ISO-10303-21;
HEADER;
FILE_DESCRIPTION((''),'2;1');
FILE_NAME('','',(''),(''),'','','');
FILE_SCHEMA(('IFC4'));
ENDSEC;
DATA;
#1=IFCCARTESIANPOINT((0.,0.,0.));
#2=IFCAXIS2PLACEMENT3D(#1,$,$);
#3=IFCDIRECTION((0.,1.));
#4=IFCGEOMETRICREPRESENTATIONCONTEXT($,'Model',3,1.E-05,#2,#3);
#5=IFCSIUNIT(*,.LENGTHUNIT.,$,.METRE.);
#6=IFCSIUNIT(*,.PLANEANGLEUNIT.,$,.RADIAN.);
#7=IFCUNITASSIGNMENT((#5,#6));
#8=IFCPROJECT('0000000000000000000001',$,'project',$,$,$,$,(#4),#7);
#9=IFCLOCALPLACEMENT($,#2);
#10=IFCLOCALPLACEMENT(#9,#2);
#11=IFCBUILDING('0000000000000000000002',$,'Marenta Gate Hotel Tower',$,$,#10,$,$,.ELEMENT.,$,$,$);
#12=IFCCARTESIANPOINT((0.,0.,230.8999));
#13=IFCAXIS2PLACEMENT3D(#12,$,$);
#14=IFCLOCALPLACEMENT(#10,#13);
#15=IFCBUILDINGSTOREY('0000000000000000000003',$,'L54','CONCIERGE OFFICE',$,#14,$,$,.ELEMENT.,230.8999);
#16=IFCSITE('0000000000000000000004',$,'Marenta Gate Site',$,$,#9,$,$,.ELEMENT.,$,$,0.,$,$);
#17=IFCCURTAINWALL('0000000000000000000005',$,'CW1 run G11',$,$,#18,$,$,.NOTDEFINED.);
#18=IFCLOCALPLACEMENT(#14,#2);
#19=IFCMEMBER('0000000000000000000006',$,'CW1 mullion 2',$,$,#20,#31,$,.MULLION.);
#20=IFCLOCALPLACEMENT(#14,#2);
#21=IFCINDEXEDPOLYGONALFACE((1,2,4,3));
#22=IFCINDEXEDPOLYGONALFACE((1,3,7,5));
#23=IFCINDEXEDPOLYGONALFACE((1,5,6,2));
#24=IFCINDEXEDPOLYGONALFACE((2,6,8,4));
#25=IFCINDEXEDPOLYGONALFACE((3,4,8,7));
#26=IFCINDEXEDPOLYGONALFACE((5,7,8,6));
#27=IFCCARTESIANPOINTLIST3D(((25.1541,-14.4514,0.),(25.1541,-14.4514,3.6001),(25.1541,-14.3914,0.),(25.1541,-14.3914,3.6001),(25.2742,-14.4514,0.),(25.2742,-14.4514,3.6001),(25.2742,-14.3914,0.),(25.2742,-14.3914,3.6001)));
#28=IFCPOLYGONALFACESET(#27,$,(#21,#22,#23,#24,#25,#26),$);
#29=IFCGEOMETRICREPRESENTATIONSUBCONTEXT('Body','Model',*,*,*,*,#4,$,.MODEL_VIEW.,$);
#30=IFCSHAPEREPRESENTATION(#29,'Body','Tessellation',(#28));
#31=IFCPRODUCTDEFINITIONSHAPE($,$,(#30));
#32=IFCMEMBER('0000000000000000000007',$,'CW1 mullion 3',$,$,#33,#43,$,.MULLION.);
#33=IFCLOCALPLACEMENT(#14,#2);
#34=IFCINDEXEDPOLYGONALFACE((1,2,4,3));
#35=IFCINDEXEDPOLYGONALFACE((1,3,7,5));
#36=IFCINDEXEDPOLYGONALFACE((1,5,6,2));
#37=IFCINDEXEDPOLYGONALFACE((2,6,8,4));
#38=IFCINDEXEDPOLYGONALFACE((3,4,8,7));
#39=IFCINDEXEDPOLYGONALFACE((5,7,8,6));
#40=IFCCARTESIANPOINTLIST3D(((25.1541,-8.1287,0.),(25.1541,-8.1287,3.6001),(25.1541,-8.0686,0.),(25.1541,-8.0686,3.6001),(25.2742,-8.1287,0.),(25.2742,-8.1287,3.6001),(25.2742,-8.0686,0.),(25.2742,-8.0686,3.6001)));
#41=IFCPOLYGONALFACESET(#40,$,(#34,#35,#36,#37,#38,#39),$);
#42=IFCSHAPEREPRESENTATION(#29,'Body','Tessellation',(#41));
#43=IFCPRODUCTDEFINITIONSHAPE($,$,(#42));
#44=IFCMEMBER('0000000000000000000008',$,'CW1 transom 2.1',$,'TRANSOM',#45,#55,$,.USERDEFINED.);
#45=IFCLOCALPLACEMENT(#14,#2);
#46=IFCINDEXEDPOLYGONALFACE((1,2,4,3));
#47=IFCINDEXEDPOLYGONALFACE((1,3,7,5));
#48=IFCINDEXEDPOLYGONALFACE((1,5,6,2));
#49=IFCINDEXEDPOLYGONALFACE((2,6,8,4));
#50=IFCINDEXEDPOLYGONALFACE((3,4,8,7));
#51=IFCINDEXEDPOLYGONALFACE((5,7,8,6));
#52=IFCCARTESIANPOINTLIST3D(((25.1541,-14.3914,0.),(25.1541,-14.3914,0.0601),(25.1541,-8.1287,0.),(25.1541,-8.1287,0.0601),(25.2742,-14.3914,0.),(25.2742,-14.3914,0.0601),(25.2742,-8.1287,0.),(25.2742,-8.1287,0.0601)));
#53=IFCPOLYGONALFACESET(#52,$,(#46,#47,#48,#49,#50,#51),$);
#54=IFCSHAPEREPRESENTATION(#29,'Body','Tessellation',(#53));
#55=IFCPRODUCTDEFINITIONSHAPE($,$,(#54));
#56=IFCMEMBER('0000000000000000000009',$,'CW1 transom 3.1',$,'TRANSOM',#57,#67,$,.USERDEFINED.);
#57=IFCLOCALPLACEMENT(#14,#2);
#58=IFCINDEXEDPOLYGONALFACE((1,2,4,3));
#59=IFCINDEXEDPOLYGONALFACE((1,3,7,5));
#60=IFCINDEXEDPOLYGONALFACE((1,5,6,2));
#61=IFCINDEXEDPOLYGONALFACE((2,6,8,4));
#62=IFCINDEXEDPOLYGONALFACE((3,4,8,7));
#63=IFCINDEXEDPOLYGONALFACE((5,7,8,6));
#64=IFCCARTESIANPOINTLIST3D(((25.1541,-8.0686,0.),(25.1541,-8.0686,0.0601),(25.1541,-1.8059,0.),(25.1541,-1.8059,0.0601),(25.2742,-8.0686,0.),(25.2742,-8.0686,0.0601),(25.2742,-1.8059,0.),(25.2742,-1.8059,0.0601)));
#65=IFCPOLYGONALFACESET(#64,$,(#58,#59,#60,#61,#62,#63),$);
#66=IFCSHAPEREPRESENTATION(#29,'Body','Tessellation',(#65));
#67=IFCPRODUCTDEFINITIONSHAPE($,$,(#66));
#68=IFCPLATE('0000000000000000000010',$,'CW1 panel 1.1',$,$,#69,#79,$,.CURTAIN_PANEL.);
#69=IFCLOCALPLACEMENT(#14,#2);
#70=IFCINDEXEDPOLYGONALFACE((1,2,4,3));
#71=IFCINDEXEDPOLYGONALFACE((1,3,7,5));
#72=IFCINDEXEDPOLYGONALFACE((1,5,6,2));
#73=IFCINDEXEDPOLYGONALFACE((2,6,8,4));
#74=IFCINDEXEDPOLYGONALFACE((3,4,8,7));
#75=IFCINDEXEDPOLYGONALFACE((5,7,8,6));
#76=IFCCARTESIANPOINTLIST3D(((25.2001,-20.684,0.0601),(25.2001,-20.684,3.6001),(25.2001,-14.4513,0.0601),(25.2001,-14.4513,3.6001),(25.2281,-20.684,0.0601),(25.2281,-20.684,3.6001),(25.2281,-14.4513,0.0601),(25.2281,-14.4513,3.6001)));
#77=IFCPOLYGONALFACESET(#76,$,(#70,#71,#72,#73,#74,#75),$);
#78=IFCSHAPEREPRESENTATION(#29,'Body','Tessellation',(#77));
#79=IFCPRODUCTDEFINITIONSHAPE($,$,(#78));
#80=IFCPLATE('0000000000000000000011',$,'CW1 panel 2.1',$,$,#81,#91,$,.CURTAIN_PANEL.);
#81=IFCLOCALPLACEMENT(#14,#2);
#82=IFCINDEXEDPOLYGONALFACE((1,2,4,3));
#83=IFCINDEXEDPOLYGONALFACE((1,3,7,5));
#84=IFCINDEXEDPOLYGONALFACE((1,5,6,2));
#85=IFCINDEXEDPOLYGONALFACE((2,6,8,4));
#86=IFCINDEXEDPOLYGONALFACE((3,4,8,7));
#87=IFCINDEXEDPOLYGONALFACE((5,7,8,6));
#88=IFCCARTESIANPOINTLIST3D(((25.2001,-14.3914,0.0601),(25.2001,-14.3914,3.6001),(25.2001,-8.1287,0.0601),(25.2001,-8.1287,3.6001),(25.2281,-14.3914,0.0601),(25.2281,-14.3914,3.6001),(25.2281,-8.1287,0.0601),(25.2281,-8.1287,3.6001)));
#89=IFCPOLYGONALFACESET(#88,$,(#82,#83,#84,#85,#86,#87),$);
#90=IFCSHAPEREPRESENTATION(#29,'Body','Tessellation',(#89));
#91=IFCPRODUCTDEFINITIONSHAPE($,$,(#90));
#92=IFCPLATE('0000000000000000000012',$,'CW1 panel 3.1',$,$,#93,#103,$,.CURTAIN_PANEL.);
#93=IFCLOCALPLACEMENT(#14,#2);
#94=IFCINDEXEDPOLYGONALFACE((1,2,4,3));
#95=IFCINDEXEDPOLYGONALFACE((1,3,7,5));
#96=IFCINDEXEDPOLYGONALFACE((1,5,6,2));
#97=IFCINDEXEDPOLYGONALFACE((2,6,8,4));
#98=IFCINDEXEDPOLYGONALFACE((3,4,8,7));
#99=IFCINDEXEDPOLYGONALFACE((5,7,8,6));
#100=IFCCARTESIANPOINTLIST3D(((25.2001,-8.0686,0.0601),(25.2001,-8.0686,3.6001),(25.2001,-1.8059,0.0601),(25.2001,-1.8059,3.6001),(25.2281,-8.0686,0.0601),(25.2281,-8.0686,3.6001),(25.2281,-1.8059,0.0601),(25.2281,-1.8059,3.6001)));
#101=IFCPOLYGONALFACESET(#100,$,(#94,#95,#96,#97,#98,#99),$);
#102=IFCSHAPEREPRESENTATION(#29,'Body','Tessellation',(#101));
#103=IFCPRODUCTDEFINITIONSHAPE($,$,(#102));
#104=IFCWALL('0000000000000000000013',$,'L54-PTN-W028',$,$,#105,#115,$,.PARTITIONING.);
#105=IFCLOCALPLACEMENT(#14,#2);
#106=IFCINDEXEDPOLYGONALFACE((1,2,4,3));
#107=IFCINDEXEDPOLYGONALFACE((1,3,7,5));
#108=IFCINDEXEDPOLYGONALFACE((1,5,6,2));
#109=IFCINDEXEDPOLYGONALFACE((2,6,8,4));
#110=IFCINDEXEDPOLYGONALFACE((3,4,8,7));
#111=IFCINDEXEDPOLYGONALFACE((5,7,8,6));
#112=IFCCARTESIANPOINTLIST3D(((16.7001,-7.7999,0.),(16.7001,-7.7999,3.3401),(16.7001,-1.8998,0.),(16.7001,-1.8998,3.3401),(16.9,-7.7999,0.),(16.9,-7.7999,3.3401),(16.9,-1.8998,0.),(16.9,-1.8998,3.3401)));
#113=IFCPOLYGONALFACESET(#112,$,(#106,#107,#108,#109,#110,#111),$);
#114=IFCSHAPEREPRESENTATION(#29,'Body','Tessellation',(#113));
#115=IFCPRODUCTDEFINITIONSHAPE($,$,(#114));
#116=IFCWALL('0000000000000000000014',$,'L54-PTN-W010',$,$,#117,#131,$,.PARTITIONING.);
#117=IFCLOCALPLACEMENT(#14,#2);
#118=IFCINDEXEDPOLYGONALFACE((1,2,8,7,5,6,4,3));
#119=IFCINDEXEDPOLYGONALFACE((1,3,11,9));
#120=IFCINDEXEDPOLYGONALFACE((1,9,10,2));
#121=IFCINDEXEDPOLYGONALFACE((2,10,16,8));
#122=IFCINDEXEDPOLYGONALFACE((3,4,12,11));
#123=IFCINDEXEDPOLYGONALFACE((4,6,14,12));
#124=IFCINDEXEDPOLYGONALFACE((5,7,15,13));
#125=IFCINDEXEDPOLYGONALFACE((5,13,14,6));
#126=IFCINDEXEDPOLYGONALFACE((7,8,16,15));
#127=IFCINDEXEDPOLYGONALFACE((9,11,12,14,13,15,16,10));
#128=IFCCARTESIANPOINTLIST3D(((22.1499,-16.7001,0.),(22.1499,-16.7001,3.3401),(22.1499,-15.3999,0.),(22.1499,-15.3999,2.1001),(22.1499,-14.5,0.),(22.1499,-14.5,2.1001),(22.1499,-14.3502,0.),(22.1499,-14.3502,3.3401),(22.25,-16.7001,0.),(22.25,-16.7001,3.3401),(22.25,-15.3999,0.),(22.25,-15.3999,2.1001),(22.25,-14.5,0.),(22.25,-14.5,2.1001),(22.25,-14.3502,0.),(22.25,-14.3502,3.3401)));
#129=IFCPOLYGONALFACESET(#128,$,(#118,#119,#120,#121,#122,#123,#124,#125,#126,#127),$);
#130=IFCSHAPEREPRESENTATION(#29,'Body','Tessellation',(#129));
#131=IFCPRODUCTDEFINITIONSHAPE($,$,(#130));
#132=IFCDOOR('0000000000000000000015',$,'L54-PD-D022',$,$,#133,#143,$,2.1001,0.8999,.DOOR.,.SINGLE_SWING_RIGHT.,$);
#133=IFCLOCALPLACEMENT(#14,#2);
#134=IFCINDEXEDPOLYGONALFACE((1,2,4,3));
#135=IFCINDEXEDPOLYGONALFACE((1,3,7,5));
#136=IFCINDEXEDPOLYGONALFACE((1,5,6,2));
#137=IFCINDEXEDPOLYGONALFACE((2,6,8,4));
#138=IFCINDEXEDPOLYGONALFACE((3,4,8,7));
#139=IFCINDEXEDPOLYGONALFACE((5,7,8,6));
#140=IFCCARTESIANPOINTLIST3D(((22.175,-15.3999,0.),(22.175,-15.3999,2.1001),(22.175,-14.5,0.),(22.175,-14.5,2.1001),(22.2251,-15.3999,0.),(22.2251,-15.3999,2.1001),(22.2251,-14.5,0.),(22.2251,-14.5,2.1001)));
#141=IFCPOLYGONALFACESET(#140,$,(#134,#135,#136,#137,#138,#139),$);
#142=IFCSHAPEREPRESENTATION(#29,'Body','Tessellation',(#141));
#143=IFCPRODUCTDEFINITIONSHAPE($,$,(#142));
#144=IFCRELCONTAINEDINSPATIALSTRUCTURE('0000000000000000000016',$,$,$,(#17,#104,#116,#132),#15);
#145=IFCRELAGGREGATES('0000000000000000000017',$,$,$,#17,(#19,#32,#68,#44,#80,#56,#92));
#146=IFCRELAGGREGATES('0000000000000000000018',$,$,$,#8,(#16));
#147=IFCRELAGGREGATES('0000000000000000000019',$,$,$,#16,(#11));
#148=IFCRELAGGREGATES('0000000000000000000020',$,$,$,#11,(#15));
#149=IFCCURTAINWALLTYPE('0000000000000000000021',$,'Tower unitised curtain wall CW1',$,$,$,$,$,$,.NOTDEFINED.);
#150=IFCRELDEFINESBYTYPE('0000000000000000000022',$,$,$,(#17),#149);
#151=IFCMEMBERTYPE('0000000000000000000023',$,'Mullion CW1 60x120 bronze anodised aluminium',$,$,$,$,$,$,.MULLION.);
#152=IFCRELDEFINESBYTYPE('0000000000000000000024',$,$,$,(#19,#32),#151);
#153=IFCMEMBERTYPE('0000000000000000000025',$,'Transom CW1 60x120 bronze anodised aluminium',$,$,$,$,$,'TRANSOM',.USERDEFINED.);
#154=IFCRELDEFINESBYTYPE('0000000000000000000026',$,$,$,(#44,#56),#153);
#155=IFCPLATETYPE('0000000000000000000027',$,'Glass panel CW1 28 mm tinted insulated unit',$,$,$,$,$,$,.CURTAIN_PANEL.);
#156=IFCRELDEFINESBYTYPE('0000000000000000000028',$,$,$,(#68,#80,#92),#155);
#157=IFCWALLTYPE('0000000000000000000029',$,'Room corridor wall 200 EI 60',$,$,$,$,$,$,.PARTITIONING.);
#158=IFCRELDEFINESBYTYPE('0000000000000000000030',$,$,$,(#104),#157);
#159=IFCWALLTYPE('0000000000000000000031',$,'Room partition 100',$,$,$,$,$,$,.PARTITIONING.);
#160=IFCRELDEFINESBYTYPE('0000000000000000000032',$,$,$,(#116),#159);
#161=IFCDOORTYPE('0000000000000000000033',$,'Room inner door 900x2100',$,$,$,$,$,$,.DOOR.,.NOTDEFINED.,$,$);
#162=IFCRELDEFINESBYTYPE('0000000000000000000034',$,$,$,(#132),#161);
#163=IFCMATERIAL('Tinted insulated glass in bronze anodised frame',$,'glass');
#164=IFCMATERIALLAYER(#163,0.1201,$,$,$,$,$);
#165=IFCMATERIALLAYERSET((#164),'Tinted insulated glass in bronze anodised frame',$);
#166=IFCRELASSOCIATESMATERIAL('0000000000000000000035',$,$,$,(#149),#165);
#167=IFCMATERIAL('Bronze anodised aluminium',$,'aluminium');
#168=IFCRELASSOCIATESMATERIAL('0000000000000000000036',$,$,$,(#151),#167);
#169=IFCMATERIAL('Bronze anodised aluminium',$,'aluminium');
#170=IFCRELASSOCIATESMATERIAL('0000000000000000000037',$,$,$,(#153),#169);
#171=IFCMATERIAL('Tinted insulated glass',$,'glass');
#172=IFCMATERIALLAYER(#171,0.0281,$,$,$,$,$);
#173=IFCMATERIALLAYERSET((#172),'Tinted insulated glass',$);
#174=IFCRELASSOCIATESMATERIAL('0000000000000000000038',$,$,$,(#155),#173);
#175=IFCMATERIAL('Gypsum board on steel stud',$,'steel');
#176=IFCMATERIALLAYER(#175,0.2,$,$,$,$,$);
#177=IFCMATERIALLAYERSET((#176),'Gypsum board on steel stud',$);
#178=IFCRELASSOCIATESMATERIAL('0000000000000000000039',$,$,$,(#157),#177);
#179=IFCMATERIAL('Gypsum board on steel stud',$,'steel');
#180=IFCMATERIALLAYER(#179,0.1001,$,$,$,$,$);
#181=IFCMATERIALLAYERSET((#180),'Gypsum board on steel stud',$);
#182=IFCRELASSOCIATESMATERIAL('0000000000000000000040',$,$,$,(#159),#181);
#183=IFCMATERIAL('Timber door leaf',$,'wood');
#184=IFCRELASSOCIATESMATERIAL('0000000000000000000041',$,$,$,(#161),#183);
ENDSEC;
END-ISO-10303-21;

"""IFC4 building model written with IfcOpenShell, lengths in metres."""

from ifc_helpers import new_model, si_unit, direction, frame, frame_2d, origin, origin_2d, place, context, subcontext, project, spatial, rectangle, extrude, material, layer, layer_set, material_profile, profile_set, type_object, element, fill, aggregate, save


model = new_model("IFC4")

# Units and contexts
model_context = context("Model", 3, precision=1e-05, world=origin(), true_north=direction((0.0, 1.0)))
body_context = subcontext(model_context, "Body", "Model", "MODEL_VIEW")
ifc_project = project(units=[si_unit("LENGTHUNIT", "METRE"), si_unit("PLANEANGLEUNIT", "RADIAN")], contexts=[model_context])

# Site, building, storey
site_placement = place(None, origin())
site = spatial("IfcSite", under=ifc_project, at=site_placement, Name="Marenta Gate Site", CompositionType="ELEMENT", RefElevation=0.0)
building_placement = place(site_placement, origin())
building = spatial("IfcBuilding", under=site, at=building_placement, Name="Marenta Gate Hotel Tower", CompositionType="ELEMENT")
storey_placement = place(building_placement, frame((0.0, 0.0, 230.8999)))
storey = spatial("IfcBuildingStorey", under=building, at=storey_placement, Name="L54", Description="CONCIERGE OFFICE", CompositionType="ELEMENT", Elevation=230.8999)

# Curtain wall, members, plates
ifc_material_1 = material(Name="Tinted insulated glass in bronze anodised frame", Category="glass")
ifc_layer_1 = layer(ifc_material_1, 0.1201)
ifc_layer_set_1 = layer_set([ifc_layer_1], Name="Tinted insulated glass in bronze anodised frame")
curtain_wall_type = type_object("IfcCurtainWallType", Name="Tower unitised curtain wall CW1", PredefinedType="NOTDEFINED", material=ifc_layer_set_1)
curtain_wall_placement = place(storey_placement, origin())
curtain_wall = element("IfcCurtainWall", 1, at=curtain_wall_placement, inside=storey, type_object=curtain_wall_type, Name="CW1 run G11", PredefinedType="NOTDEFINED")
ifc_material_2 = material(Name="Bronze anodised aluminium", Category="aluminium")
ifc_material_profile_1 = material_profile(ifc_material_2, rectangle(XDim=0.1201, YDim=0.0601, at=origin_2d()), Name="Mullion CW1 60x120 bronze anodised aluminium")
ifc_profile_set_1 = profile_set([ifc_material_profile_1], Name="Bronze anodised aluminium")
member_type_1 = type_object("IfcMemberType", Name="Mullion CW1 60x120 bronze anodised aluminium", PredefinedType="MULLION", material=ifc_profile_set_1)
member_1_placement = place(storey_placement, frame((25.2141, -14.4214, 0.0), z_axis=(0.0, 0.0, 1.0), x_axis=(-1.0, 0.0, 0.0)))
member_1 = element("IfcMember", 2, at=member_1_placement, type_object=member_type_1, Name="CW1 mullion 2", PredefinedType="MULLION", context=body_context, shape_type="SweptSolid", body=[
    extrude(rectangle(XDim=0.1201, YDim=0.0601, at=origin_2d()), origin(), (0.0, 0.0, 1.0), 3.6001),
])
member_2_placement = place(storey_placement, frame((25.2141, -8.0986, 0.0), z_axis=(0.0, 0.0, 1.0), x_axis=(-1.0, 0.0, 0.0)))
member_2 = element("IfcMember", 3, at=member_2_placement, type_object=member_type_1, Name="CW1 mullion 3", PredefinedType="MULLION", context=body_context, shape_type="SweptSolid", body=[
    extrude(rectangle(XDim=0.1201, YDim=0.0601, at=origin_2d()), origin(), (0.0, 0.0, 1.0), 3.6001),
])
ifc_material_3 = material(Name="Bronze anodised aluminium", Category="aluminium")
ifc_material_profile_2 = material_profile(ifc_material_3, rectangle(XDim=0.1201, YDim=0.0601, at=origin_2d()), Name="Transom CW1 60x120 bronze anodised aluminium")
ifc_profile_set_2 = profile_set([ifc_material_profile_2], Name="Bronze anodised aluminium")
member_type_2 = type_object("IfcMemberType", Name="Transom CW1 60x120 bronze anodised aluminium", ElementType="TRANSOM", PredefinedType="USERDEFINED", material=ifc_profile_set_2)
member_3_placement = place(storey_placement, frame((25.2141, -14.3914, 0.03), z_axis=(0.0, 1.0, 0.0), x_axis=(-1.0, 0.0, 0.0)))
member_3 = element("IfcMember", 4, at=member_3_placement, type_object=member_type_2, Name="CW1 transom 2.1", ObjectType="TRANSOM", PredefinedType="USERDEFINED", context=body_context, shape_type="SweptSolid", body=[
    extrude(rectangle(XDim=0.1201, YDim=0.0601, at=origin_2d()), origin(), (0.0, 0.0, 1.0), 6.2627),
])
member_4_placement = place(storey_placement, frame((25.2141, -8.0686, 0.03), z_axis=(0.0, 1.0, 0.0), x_axis=(-1.0, 0.0, 0.0)))
member_4 = element("IfcMember", 5, at=member_4_placement, type_object=member_type_2, Name="CW1 transom 3.1", ObjectType="TRANSOM", PredefinedType="USERDEFINED", context=body_context, shape_type="SweptSolid", body=[
    extrude(rectangle(XDim=0.1201, YDim=0.0601, at=origin_2d()), origin(), (0.0, 0.0, 1.0), 6.2627),
])
ifc_material_4 = material(Name="Tinted insulated glass", Category="glass")
ifc_layer_2 = layer(ifc_material_4, 0.0281)
ifc_layer_set_2 = layer_set([ifc_layer_2], Name="Tinted insulated glass")
plate_type = type_object("IfcPlateType", Name="Glass panel CW1 28 mm tinted insulated unit", PredefinedType="CURTAIN_PANEL", material=ifc_layer_set_2)
plate_1_placement = place(storey_placement, frame((25.2141, -17.5676, 0.0601), z_axis=(0.0, 0.0, 1.0), x_axis=(0.0, 1.0, 0.0)))
plate_1 = element("IfcPlate", 6, at=plate_1_placement, type_object=plate_type, Name="CW1 panel 1.1", PredefinedType="CURTAIN_PANEL", context=body_context, shape_type="SweptSolid", body=[
    extrude(rectangle(XDim=6.2327, YDim=0.0281, at=origin_2d()), origin(), (0.0, 0.0, 1.0), 3.54),
])
plate_2_placement = place(storey_placement, frame((25.2141, -11.26, 0.0601), z_axis=(0.0, 0.0, 1.0), x_axis=(0.0, 1.0, 0.0)))
plate_2 = element("IfcPlate", 7, at=plate_2_placement, type_object=plate_type, Name="CW1 panel 2.1", PredefinedType="CURTAIN_PANEL", context=body_context, shape_type="SweptSolid", body=[
    extrude(rectangle(XDim=6.2627, YDim=0.0281, at=origin_2d()), origin(), (0.0, 0.0, 1.0), 3.54),
])
plate_3_placement = place(storey_placement, frame((25.2141, -4.9373, 0.0601), z_axis=(0.0, 0.0, 1.0), x_axis=(0.0, 1.0, 0.0)))
plate_3 = element("IfcPlate", 8, at=plate_3_placement, type_object=plate_type, Name="CW1 panel 3.1", PredefinedType="CURTAIN_PANEL", context=body_context, shape_type="SweptSolid", body=[
    extrude(rectangle(XDim=6.2627, YDim=0.0281, at=origin_2d()), origin(), (0.0, 0.0, 1.0), 3.54),
])
aggregate(curtain_wall, [member_1, member_2, plate_1, member_3, plate_2, member_4, plate_3])

# Wall
ifc_material_5 = material(Name="Gypsum board on steel stud", Category="steel")
ifc_layer_3 = layer(ifc_material_5, 0.2)
ifc_layer_set_3 = layer_set([ifc_layer_3], Name="Gypsum board on steel stud")
wall_type_1 = type_object("IfcWallType", Name="Room corridor wall 200 EI 60", PredefinedType="PARTITIONING", material=ifc_layer_set_3)
wall_1_placement = place(storey_placement, frame((16.8, -7.8, 0.0), z_axis=(0.0, 0.0, 1.0), x_axis=(0.0, 1.0, 0.0)))
element("IfcWall", 9, at=wall_1_placement, inside=storey, type_object=wall_type_1, Name="L54-PTN-W028", PredefinedType="PARTITIONING", context=body_context, shape_type="SweptSolid", body=[
    extrude(rectangle(XDim=5.9001, YDim=0.2, at=frame_2d((2.9502, 0.0))), origin(), (0.0, 0.0, 1.0), 3.3401),
])

# Wall, opening, door
ifc_material_6 = material(Name="Gypsum board on steel stud", Category="steel")
ifc_layer_4 = layer(ifc_material_6, 0.1001)
ifc_layer_set_4 = layer_set([ifc_layer_4], Name="Gypsum board on steel stud")
wall_type_2 = type_object("IfcWallType", Name="Room partition 100", PredefinedType="PARTITIONING", material=ifc_layer_set_4)
wall_2_placement = place(storey_placement, frame((22.2, -16.7, 0.0), z_axis=(0.0, 0.0, 1.0), x_axis=(0.0, 1.0, 0.0)))
wall_2 = element("IfcWall", 10, at=wall_2_placement, inside=storey, type_object=wall_type_2, Name="L54-PTN-W010", PredefinedType="PARTITIONING", context=body_context, shape_type="SweptSolid", body=[
    extrude(rectangle(XDim=2.3499, YDim=0.1001, at=frame_2d((1.1748, 0.0))), origin(), (0.0, 0.0, 1.0), 3.3401),
])
opening_1_placement = place(wall_2_placement, frame((1.3, 0.0, 0.0)))
opening_1 = element("IfcOpeningElement", 11, at=opening_1_placement, cuts=wall_2, PredefinedType="OPENING", context=body_context, shape_type="SweptSolid", body=[
    extrude(rectangle(XDim=0.8999, YDim=2.1001, at=frame_2d((0.45, 1.05))), frame((0.0, 0.05, 0.0), z_axis=(0.0, -1.0, 0.0), x_axis=(1.0, 0.0, 0.0)), (0.0, 0.0, 1.0), 0.1001),
])
ifc_material_7 = material(Name="Timber door leaf", Category="wood")
door_type_1 = type_object("IfcDoorType", Name="Room inner door 900x2100", OperationType="NOTDEFINED", PredefinedType="DOOR", material=ifc_material_7)
door_1_placement = place(opening_1_placement, origin())
door_1 = element("IfcDoor", 12, at=door_1_placement, inside=storey, type_object=door_type_1, Name="L54-PD-D022", OperationType="SINGLE_SWING_RIGHT", OverallHeight=2.1001, OverallWidth=0.8999, PredefinedType="DOOR", context=body_context, shape_type="SweptSolid", body=[
    extrude(rectangle(XDim=0.8999, YDim=2.1001, at=frame_2d((0.45, 1.05))), frame((0.0, 0.0249, 0.0), z_axis=(0.0, -1.0, 0.0), x_axis=(1.0, 0.0, 0.0)), (0.0, 0.0, 1.0), 0.05),
])
fill(opening_1, door_1)

save(model, "model.ifc")
